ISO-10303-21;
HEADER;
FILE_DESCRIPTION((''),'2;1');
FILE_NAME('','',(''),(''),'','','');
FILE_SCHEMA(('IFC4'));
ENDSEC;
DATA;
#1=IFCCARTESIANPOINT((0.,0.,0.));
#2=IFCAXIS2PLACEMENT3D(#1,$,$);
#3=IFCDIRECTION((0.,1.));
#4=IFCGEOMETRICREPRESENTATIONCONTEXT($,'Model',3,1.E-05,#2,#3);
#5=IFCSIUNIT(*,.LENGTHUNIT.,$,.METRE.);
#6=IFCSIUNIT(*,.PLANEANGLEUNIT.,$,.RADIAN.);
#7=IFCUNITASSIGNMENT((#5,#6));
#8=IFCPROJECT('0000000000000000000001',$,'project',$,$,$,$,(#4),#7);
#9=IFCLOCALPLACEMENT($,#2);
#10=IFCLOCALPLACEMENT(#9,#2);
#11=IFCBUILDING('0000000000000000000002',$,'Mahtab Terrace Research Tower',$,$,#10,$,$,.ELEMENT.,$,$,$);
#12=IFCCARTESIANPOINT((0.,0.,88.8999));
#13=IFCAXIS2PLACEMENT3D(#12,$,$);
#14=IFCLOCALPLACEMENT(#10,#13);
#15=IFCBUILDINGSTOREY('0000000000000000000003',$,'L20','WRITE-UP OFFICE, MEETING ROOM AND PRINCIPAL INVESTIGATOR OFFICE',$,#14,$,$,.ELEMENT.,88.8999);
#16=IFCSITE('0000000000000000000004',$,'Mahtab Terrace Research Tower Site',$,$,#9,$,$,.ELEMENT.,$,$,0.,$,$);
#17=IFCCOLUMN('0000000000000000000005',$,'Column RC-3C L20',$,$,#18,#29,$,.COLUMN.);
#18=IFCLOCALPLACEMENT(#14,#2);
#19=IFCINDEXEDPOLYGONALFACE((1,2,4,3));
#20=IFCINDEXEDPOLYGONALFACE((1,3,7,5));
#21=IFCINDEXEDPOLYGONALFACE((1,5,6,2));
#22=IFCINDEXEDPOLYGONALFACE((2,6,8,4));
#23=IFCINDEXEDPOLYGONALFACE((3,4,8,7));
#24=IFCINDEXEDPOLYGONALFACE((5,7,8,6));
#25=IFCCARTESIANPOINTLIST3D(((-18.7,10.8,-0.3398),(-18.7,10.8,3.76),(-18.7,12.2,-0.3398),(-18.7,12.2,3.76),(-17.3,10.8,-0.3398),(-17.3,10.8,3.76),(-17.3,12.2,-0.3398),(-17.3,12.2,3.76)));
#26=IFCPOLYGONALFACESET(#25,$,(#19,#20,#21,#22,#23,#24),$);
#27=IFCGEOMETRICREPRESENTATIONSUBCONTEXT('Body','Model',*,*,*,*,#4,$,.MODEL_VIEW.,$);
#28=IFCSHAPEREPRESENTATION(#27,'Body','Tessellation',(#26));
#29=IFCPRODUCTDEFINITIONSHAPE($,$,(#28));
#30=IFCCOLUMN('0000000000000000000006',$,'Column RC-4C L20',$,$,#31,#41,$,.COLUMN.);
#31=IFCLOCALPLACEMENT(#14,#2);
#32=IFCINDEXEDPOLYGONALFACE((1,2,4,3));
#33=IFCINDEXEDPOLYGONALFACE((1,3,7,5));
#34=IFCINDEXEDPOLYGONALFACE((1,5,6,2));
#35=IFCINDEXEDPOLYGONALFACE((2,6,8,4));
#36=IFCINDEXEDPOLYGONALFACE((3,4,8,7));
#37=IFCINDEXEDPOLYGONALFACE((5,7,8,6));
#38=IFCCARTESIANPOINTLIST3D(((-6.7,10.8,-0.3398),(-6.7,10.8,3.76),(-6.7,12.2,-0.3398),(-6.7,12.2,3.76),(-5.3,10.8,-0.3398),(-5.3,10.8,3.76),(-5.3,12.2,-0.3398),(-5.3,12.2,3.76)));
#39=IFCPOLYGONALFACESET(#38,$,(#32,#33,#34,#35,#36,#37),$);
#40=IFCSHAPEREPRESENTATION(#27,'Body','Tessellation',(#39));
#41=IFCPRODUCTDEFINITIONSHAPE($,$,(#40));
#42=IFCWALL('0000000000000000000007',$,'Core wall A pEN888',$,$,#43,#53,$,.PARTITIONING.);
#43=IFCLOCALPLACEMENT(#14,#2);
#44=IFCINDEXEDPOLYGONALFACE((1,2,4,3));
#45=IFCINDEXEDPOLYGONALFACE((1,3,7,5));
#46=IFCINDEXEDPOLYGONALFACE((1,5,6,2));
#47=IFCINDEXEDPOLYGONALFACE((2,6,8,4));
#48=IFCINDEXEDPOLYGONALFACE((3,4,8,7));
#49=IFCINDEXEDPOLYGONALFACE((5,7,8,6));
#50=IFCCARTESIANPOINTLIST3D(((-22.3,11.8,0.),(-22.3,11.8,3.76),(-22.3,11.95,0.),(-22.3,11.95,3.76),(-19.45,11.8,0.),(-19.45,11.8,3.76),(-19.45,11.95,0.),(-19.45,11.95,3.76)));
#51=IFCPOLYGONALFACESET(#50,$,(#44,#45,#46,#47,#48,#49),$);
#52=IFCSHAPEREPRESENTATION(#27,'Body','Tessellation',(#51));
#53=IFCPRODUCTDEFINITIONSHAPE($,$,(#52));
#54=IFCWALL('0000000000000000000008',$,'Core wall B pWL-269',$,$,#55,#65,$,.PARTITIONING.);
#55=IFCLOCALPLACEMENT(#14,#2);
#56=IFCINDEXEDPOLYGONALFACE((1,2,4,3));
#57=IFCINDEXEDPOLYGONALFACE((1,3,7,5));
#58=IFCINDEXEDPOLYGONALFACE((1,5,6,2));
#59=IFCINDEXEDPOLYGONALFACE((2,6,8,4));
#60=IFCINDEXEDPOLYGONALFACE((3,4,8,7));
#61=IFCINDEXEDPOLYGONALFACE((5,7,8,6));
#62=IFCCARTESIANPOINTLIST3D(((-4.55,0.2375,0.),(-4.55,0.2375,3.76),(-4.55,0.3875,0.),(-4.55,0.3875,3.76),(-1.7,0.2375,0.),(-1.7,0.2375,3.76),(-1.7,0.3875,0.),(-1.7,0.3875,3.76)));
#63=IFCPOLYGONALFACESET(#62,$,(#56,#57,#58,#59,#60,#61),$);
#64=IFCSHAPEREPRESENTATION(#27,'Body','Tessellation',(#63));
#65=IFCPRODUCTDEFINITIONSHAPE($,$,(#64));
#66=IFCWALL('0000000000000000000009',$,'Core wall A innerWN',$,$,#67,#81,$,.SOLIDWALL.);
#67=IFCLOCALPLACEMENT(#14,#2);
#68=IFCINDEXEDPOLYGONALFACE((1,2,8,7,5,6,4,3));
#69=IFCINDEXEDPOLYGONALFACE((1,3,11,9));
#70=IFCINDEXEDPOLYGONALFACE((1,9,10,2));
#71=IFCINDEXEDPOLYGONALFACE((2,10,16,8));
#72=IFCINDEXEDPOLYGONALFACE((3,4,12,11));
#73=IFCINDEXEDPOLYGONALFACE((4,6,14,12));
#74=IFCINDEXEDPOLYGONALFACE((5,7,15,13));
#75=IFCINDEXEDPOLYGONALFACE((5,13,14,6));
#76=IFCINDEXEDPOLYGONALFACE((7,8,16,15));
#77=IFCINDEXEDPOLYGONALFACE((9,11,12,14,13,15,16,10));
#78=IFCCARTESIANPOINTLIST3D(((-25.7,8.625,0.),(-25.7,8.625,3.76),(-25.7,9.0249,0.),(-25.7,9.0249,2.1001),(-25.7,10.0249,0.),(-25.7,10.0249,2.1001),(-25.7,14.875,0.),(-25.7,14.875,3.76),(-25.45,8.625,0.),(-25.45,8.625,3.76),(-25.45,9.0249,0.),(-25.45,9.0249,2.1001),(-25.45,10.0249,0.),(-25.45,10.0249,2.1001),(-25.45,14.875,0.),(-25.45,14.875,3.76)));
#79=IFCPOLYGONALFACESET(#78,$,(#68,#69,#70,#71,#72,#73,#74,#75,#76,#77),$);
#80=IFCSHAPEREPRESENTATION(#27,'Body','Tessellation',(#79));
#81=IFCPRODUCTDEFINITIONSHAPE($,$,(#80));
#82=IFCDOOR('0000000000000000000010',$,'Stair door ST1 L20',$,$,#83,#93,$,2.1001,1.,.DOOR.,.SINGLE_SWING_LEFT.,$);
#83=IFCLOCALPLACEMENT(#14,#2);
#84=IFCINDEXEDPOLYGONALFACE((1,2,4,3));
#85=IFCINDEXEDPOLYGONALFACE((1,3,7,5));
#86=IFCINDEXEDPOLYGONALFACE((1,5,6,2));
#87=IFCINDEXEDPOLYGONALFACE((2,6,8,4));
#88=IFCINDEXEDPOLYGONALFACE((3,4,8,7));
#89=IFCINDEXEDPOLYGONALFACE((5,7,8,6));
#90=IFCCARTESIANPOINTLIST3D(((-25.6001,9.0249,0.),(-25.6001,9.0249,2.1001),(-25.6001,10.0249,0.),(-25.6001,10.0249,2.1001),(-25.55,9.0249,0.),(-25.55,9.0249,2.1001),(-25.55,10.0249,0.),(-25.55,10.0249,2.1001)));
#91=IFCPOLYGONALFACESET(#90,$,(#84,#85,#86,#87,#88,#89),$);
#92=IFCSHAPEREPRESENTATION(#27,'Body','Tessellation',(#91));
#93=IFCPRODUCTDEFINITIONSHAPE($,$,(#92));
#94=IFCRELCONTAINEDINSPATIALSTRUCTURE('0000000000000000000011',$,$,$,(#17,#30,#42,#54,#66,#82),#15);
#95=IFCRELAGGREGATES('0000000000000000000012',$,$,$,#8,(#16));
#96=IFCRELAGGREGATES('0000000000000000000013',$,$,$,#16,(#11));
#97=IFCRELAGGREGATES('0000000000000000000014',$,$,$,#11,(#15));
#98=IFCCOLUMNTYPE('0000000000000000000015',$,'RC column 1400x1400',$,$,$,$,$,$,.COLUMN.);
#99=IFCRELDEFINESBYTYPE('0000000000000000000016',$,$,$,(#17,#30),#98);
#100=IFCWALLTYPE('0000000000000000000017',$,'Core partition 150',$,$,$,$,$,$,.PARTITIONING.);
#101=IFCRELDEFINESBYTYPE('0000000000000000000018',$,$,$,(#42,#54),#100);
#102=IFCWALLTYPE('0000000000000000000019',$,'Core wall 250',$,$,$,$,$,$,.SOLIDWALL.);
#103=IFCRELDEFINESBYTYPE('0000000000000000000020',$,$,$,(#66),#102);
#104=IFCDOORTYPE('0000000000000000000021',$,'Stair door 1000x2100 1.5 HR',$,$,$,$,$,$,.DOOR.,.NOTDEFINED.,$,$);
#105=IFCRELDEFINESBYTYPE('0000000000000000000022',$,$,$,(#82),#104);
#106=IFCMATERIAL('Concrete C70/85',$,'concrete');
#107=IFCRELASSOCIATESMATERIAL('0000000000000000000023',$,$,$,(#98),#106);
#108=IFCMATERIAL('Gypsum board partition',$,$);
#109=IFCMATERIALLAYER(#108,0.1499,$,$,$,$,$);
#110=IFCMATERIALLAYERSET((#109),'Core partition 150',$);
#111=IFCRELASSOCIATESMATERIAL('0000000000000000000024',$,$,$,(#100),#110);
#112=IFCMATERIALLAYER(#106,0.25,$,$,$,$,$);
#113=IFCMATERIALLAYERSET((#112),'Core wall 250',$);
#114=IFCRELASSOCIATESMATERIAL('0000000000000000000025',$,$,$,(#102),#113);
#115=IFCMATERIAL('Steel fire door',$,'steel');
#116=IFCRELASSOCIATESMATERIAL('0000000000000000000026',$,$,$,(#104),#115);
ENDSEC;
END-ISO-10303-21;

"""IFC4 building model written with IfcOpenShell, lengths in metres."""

from ifc_helpers import new_model, si_unit, direction, frame, frame_2d, origin, origin_2d, place, context, subcontext, project, spatial, rectangle, extrude, material, layer, layer_set, material_profile, profile_set, type_object, element, fill, save


model = new_model("IFC4")

# Units and contexts
model_context = context("Model", 3, precision=1e-05, world=origin(), true_north=direction((0.0, 1.0)))
body_context = subcontext(model_context, "Body", "Model", "MODEL_VIEW")
ifc_project = project(units=[si_unit("LENGTHUNIT", "METRE"), si_unit("PLANEANGLEUNIT", "RADIAN")], contexts=[model_context])

# Site, building, storey
site_placement = place(None, origin())
site = spatial("IfcSite", under=ifc_project, at=site_placement, Name="Mahtab Terrace Research Tower Site", CompositionType="ELEMENT", RefElevation=0.0)
building_placement = place(site_placement, origin())
building = spatial("IfcBuilding", under=site, at=building_placement, Name="Mahtab Terrace Research Tower", CompositionType="ELEMENT")
storey_placement = place(building_placement, frame((0.0, 0.0, 88.8999)))
storey = spatial("IfcBuildingStorey", under=building, at=storey_placement, Name="L20", Description="WRITE-UP OFFICE, MEETING ROOM AND PRINCIPAL INVESTIGATOR OFFICE", CompositionType="ELEMENT", Elevation=88.8999)

# Columns
ifc_material_1 = material(Name="Concrete C70/85", Category="concrete")
ifc_material_profile = material_profile(ifc_material_1, rectangle(XDim=1.3999, YDim=1.3999, at=origin_2d()), Name="RC column 1400x1400")
ifc_profile_set = profile_set([ifc_material_profile], Name="Concrete C70/85")
column_type = type_object("IfcColumnType", Name="RC column 1400x1400", PredefinedType="COLUMN", material=ifc_profile_set)
for number, where, z_axis, x_axis, name in (
    (1, (-18.0, 11.5, -0.3398), (0.0, 0.0, 1.0), (1.0, 0.0, 0.0), "Column RC-3C L20"),
    (2, (-6.0, 11.5, -0.3398), (0.0, 0.0, 1.0), (1.0, 0.0, 0.0), "Column RC-4C L20"),
):
    element("IfcColumn", number, at=place(storey_placement, frame(where, z_axis=z_axis, x_axis=x_axis)), inside=storey, type_object=column_type, Name=name, PredefinedType="COLUMN", context=body_context, shape_type="SweptSolid", body=[
        extrude(rectangle(XDim=1.3999, YDim=1.3999, at=origin_2d()), origin(), (0.0, 0.0, 1.0), 4.0999),
    ])

# Walls
ifc_material_2 = material(Name="Gypsum board partition")
ifc_layer_1 = layer(ifc_material_2, 0.1499)
ifc_layer_set_1 = layer_set([ifc_layer_1], Name="Core partition 150")
wall_type_1 = type_object("IfcWallType", Name="Core partition 150", PredefinedType="PARTITIONING", material=ifc_layer_set_1)
for number, where, z_axis, x_axis, name in (
    (3, (-22.3, 11.875, 0.0), (0.0, 0.0, 1.0), (1.0, 0.0, 0.0), "Core wall A pEN888"),
    (4, (-4.55, 0.3125, 0.0), (0.0, 0.0, 1.0), (1.0, 0.0, 0.0), "Core wall B pWL-269"),
):
    element("IfcWall", number, at=place(storey_placement, frame(where, z_axis=z_axis, x_axis=x_axis)), inside=storey, type_object=wall_type_1, Name=name, PredefinedType="PARTITIONING", context=body_context, shape_type="SweptSolid", body=[
        extrude(rectangle(XDim=2.8501, YDim=0.1499, at=frame_2d((1.425, 0.0))), origin(), (0.0, 0.0, 1.0), 3.76),
    ])

# Wall, opening, door
ifc_layer_2 = layer(ifc_material_1, 0.25)
ifc_layer_set_2 = layer_set([ifc_layer_2], Name="Core wall 250")
wall_type_2 = type_object("IfcWallType", Name="Core wall 250", PredefinedType="SOLIDWALL", material=ifc_layer_set_2)
wall_1_placement = place(storey_placement, frame((-25.575, 14.875, 0.0), z_axis=(0.0, 0.0, 1.0), x_axis=(0.0, -1.0, 0.0)))
wall_1 = element("IfcWall", 5, at=wall_1_placement, inside=storey, type_object=wall_type_2, Name="Core wall A innerWN", PredefinedType="SOLIDWALL", context=body_context, shape_type="SweptSolid", body=[
    extrude(rectangle(XDim=6.25, YDim=0.25, at=frame_2d((3.125, 0.0))), origin(), (0.0, 0.0, 1.0), 3.76),
])
opening_1_placement = place(wall_1_placement, frame((4.8501, 0.0, 0.0)))
opening_1 = element("IfcOpeningElement", 6, at=opening_1_placement, cuts=wall_1, PredefinedType="OPENING", context=body_context, shape_type="SweptSolid", body=[
    extrude(rectangle(XDim=1.0, YDim=2.1001, at=frame_2d((0.5, 1.05))), frame((0.0, 0.135, 0.0), z_axis=(0.0, -1.0, 0.0), x_axis=(1.0, 0.0, 0.0)), (0.0, 0.0, 1.0), 0.27),
])
ifc_material_3 = material(Name="Steel fire door", Category="steel")
door_type_1 = type_object("IfcDoorType", Name="Stair door 1000x2100 1.5 HR", OperationType="NOTDEFINED", PredefinedType="DOOR", material=ifc_material_3)
door_1_placement = place(opening_1_placement, origin())
door_1 = element("IfcDoor", 7, at=door_1_placement, inside=storey, type_object=door_type_1, Name="Stair door ST1 L20", OperationType="SINGLE_SWING_LEFT", OverallHeight=2.1001, OverallWidth=1.0, PredefinedType="DOOR", context=body_context, shape_type="SweptSolid", body=[
    extrude(rectangle(XDim=1.0, YDim=2.1001, at=frame_2d((0.5, 1.05))), frame((0.0, 0.0249, 0.0), z_axis=(0.0, -1.0, 0.0), x_axis=(1.0, 0.0, 0.0)), (0.0, 0.0, 1.0), 0.05),
])
fill(opening_1, door_1)

save(model, "model.ifc")
